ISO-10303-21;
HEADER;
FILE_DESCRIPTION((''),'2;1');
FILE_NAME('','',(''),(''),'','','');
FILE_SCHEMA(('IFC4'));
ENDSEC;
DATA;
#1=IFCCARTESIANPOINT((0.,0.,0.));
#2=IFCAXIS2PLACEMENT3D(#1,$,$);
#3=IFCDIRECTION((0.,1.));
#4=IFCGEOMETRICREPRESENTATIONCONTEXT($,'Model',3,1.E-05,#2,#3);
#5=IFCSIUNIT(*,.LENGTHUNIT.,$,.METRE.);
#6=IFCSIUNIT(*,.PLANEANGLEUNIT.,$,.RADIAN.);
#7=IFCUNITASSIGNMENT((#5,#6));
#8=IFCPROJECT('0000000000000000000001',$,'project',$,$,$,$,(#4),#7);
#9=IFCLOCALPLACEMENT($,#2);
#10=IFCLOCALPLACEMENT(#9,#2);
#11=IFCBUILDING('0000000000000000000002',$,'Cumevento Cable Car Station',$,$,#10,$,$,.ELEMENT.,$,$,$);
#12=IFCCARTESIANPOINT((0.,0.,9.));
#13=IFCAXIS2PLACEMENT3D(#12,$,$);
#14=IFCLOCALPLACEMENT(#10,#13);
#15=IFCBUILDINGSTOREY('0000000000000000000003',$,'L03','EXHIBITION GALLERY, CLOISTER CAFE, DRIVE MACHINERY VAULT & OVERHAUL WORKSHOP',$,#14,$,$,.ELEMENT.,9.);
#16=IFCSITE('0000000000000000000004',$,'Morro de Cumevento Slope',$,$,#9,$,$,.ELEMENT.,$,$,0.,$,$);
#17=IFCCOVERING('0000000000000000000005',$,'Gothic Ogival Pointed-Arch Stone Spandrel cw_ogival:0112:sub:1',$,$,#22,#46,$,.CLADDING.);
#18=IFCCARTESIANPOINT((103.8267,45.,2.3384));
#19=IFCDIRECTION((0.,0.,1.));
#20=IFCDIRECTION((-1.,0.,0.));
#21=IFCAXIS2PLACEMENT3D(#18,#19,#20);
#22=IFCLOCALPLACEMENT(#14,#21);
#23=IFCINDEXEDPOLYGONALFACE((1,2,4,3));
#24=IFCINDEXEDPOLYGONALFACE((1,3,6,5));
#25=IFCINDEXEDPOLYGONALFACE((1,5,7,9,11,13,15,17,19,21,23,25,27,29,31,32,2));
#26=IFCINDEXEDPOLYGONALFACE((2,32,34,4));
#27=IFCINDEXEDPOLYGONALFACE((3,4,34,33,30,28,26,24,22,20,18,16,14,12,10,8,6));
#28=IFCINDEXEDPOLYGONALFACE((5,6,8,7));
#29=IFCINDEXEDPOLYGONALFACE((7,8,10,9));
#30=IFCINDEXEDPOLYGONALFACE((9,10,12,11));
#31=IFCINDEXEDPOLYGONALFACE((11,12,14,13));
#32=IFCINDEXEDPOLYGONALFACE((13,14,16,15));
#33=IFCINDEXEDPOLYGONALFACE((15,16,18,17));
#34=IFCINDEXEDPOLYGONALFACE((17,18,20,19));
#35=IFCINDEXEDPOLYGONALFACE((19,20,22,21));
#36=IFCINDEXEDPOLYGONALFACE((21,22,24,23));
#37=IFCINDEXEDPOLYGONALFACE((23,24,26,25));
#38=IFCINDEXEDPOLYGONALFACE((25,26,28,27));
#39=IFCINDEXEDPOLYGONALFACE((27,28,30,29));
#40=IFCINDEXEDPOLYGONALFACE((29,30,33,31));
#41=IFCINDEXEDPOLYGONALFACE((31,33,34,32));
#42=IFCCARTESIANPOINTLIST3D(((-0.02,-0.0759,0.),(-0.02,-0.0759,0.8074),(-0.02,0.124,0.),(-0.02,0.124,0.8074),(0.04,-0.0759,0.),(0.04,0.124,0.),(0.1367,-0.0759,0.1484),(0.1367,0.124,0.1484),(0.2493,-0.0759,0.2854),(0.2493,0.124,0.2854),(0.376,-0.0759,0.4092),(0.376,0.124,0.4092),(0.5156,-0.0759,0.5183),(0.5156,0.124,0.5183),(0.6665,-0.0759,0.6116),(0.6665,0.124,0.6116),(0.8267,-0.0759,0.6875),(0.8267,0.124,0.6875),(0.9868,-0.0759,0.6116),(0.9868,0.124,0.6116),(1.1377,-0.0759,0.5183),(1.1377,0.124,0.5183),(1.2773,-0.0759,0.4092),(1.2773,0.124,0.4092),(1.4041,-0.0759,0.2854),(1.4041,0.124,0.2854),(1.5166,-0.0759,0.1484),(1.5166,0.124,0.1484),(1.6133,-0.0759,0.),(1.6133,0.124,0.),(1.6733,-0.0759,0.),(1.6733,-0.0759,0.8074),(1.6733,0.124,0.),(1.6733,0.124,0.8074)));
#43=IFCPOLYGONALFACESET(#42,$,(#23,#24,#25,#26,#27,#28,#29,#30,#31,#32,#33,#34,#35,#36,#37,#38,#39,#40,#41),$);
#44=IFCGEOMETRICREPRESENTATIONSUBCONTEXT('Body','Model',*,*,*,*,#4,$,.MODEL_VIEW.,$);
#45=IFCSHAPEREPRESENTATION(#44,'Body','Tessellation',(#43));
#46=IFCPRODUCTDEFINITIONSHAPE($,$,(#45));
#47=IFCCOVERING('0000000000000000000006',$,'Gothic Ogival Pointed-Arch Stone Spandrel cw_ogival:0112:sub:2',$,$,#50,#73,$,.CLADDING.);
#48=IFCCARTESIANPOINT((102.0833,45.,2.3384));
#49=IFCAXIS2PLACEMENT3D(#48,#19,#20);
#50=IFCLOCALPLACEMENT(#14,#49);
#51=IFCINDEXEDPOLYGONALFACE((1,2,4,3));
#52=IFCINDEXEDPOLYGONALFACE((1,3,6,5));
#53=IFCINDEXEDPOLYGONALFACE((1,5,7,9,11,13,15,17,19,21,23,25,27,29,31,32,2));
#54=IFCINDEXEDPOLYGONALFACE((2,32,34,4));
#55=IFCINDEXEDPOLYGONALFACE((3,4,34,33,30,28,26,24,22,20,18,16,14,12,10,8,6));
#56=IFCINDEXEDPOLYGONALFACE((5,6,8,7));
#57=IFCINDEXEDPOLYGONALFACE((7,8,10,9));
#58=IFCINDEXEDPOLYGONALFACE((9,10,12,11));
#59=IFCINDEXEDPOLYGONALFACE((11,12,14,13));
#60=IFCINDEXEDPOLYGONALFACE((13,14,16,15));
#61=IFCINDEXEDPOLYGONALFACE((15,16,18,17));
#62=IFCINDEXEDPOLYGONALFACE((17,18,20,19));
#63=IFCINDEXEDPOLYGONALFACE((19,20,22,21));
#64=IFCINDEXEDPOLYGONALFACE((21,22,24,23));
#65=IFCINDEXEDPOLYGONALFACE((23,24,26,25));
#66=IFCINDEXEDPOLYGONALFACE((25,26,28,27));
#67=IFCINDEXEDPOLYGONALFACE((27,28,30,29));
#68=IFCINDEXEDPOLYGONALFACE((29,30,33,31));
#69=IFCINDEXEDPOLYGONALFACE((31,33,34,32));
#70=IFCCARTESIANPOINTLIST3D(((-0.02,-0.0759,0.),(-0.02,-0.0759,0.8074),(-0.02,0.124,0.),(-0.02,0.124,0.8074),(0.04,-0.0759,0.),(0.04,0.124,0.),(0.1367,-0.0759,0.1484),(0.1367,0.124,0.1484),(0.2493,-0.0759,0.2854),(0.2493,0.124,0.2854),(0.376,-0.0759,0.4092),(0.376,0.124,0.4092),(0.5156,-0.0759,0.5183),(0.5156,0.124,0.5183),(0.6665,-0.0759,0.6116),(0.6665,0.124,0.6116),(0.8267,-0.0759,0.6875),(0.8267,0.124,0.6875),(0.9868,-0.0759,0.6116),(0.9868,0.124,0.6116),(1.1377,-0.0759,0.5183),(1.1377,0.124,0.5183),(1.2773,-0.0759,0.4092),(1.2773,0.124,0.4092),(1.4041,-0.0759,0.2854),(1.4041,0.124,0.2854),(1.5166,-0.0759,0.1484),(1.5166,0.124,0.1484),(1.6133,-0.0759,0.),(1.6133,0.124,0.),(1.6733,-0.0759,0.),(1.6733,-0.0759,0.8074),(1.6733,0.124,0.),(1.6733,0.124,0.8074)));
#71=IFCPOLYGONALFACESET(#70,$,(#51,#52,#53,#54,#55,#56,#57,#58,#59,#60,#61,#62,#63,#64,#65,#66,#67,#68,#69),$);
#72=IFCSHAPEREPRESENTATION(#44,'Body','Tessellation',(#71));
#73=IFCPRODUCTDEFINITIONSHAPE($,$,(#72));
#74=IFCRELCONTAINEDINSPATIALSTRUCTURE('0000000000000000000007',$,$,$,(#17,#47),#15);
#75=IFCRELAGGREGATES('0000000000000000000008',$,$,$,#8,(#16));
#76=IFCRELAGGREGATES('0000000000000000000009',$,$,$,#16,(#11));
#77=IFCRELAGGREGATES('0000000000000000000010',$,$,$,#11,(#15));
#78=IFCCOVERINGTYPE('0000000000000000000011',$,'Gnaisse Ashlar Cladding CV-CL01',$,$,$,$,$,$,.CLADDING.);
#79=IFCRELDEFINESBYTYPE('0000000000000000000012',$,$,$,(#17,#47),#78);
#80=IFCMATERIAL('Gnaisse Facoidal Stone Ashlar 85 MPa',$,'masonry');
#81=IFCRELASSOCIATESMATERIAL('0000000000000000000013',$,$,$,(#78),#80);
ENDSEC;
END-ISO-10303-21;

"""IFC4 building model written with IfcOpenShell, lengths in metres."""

from ifc_helpers import new_model, si_unit, direction, frame, origin, place, context, subcontext, project, spatial, polyline, outline, extrude, material, type_object, element, save


model = new_model("IFC4")

# Units and contexts
model_context = context("Model", 3, precision=1e-05, world=origin(), true_north=direction((0.0, 1.0)))
body_context = subcontext(model_context, "Body", "Model", "MODEL_VIEW")
ifc_project = project(units=[si_unit("LENGTHUNIT", "METRE"), si_unit("PLANEANGLEUNIT", "RADIAN")], contexts=[model_context])

# Site, building, storey
site_placement = place(None, origin())
site = spatial("IfcSite", under=ifc_project, at=site_placement, Name="Morro de Cumevento Slope", CompositionType="ELEMENT", RefElevation=0.0)
building_placement = place(site_placement, origin())
building = spatial("IfcBuilding", under=site, at=building_placement, Name="Cumevento Cable Car Station", CompositionType="ELEMENT")
storey_placement = place(building_placement, frame((0.0, 0.0, 9.0)))
storey = spatial("IfcBuildingStorey", under=building, at=storey_placement, Name="L03", Description="EXHIBITION GALLERY, CLOISTER CAFE, DRIVE MACHINERY VAULT & OVERHAUL WORKSHOP", CompositionType="ELEMENT", Elevation=9.0)

# Coverings
ifc_material_1 = material(Name="Gnaisse Facoidal Stone Ashlar 85 MPa", Category="masonry")
covering_type = type_object("IfcCoveringType", Name="Gnaisse Ashlar Cladding CV-CL01", PredefinedType="CLADDING", material=ifc_material_1)
for number, where, z_axis, x_axis, name in (
    (1, (103.8267, 45.0, 2.3384), (0.0, 0.0, 1.0), (-1.0, 0.0, 0.0), "Gothic Ogival Pointed-Arch Stone Spandrel cw_ogival:0112:sub:1"),
    (2, (102.0833, 45.0, 2.3384), (0.0, 0.0, 1.0), (-1.0, 0.0, 0.0), "Gothic Ogival Pointed-Arch Stone Spandrel cw_ogival:0112:sub:2"),
):
    element("IfcCovering", number, at=place(storey_placement, frame(where, z_axis=z_axis, x_axis=x_axis)), inside=storey, type_object=covering_type, Name=name, PredefinedType="CLADDING", context=body_context, shape_type="SweptSolid", body=[
        extrude(outline(polyline([(-0.02, 0.0), (-0.02, 0.8074), (1.6733, 0.8074), (1.6733, 0.0), (1.6133, 0.0), (1.5166, 0.1484), (1.4041, 0.2854), (1.2773, 0.4092), (1.1377, 0.5183), (0.9868, 0.6116), (0.8267, 0.6875), (0.6665, 0.6116), (0.5156, 0.5183), (0.376, 0.4092), (0.2493, 0.2854), (0.1367, 0.1484), (0.04, 0.0), (-0.02, 0.0)])), frame((0.0, 0.124, 0.0), z_axis=(0.0, -1.0, 0.0), x_axis=(1.0, 0.0, 0.0)), (0.0, 0.0, 1.0), 0.2),
    ])

save(model, "model.ifc")
